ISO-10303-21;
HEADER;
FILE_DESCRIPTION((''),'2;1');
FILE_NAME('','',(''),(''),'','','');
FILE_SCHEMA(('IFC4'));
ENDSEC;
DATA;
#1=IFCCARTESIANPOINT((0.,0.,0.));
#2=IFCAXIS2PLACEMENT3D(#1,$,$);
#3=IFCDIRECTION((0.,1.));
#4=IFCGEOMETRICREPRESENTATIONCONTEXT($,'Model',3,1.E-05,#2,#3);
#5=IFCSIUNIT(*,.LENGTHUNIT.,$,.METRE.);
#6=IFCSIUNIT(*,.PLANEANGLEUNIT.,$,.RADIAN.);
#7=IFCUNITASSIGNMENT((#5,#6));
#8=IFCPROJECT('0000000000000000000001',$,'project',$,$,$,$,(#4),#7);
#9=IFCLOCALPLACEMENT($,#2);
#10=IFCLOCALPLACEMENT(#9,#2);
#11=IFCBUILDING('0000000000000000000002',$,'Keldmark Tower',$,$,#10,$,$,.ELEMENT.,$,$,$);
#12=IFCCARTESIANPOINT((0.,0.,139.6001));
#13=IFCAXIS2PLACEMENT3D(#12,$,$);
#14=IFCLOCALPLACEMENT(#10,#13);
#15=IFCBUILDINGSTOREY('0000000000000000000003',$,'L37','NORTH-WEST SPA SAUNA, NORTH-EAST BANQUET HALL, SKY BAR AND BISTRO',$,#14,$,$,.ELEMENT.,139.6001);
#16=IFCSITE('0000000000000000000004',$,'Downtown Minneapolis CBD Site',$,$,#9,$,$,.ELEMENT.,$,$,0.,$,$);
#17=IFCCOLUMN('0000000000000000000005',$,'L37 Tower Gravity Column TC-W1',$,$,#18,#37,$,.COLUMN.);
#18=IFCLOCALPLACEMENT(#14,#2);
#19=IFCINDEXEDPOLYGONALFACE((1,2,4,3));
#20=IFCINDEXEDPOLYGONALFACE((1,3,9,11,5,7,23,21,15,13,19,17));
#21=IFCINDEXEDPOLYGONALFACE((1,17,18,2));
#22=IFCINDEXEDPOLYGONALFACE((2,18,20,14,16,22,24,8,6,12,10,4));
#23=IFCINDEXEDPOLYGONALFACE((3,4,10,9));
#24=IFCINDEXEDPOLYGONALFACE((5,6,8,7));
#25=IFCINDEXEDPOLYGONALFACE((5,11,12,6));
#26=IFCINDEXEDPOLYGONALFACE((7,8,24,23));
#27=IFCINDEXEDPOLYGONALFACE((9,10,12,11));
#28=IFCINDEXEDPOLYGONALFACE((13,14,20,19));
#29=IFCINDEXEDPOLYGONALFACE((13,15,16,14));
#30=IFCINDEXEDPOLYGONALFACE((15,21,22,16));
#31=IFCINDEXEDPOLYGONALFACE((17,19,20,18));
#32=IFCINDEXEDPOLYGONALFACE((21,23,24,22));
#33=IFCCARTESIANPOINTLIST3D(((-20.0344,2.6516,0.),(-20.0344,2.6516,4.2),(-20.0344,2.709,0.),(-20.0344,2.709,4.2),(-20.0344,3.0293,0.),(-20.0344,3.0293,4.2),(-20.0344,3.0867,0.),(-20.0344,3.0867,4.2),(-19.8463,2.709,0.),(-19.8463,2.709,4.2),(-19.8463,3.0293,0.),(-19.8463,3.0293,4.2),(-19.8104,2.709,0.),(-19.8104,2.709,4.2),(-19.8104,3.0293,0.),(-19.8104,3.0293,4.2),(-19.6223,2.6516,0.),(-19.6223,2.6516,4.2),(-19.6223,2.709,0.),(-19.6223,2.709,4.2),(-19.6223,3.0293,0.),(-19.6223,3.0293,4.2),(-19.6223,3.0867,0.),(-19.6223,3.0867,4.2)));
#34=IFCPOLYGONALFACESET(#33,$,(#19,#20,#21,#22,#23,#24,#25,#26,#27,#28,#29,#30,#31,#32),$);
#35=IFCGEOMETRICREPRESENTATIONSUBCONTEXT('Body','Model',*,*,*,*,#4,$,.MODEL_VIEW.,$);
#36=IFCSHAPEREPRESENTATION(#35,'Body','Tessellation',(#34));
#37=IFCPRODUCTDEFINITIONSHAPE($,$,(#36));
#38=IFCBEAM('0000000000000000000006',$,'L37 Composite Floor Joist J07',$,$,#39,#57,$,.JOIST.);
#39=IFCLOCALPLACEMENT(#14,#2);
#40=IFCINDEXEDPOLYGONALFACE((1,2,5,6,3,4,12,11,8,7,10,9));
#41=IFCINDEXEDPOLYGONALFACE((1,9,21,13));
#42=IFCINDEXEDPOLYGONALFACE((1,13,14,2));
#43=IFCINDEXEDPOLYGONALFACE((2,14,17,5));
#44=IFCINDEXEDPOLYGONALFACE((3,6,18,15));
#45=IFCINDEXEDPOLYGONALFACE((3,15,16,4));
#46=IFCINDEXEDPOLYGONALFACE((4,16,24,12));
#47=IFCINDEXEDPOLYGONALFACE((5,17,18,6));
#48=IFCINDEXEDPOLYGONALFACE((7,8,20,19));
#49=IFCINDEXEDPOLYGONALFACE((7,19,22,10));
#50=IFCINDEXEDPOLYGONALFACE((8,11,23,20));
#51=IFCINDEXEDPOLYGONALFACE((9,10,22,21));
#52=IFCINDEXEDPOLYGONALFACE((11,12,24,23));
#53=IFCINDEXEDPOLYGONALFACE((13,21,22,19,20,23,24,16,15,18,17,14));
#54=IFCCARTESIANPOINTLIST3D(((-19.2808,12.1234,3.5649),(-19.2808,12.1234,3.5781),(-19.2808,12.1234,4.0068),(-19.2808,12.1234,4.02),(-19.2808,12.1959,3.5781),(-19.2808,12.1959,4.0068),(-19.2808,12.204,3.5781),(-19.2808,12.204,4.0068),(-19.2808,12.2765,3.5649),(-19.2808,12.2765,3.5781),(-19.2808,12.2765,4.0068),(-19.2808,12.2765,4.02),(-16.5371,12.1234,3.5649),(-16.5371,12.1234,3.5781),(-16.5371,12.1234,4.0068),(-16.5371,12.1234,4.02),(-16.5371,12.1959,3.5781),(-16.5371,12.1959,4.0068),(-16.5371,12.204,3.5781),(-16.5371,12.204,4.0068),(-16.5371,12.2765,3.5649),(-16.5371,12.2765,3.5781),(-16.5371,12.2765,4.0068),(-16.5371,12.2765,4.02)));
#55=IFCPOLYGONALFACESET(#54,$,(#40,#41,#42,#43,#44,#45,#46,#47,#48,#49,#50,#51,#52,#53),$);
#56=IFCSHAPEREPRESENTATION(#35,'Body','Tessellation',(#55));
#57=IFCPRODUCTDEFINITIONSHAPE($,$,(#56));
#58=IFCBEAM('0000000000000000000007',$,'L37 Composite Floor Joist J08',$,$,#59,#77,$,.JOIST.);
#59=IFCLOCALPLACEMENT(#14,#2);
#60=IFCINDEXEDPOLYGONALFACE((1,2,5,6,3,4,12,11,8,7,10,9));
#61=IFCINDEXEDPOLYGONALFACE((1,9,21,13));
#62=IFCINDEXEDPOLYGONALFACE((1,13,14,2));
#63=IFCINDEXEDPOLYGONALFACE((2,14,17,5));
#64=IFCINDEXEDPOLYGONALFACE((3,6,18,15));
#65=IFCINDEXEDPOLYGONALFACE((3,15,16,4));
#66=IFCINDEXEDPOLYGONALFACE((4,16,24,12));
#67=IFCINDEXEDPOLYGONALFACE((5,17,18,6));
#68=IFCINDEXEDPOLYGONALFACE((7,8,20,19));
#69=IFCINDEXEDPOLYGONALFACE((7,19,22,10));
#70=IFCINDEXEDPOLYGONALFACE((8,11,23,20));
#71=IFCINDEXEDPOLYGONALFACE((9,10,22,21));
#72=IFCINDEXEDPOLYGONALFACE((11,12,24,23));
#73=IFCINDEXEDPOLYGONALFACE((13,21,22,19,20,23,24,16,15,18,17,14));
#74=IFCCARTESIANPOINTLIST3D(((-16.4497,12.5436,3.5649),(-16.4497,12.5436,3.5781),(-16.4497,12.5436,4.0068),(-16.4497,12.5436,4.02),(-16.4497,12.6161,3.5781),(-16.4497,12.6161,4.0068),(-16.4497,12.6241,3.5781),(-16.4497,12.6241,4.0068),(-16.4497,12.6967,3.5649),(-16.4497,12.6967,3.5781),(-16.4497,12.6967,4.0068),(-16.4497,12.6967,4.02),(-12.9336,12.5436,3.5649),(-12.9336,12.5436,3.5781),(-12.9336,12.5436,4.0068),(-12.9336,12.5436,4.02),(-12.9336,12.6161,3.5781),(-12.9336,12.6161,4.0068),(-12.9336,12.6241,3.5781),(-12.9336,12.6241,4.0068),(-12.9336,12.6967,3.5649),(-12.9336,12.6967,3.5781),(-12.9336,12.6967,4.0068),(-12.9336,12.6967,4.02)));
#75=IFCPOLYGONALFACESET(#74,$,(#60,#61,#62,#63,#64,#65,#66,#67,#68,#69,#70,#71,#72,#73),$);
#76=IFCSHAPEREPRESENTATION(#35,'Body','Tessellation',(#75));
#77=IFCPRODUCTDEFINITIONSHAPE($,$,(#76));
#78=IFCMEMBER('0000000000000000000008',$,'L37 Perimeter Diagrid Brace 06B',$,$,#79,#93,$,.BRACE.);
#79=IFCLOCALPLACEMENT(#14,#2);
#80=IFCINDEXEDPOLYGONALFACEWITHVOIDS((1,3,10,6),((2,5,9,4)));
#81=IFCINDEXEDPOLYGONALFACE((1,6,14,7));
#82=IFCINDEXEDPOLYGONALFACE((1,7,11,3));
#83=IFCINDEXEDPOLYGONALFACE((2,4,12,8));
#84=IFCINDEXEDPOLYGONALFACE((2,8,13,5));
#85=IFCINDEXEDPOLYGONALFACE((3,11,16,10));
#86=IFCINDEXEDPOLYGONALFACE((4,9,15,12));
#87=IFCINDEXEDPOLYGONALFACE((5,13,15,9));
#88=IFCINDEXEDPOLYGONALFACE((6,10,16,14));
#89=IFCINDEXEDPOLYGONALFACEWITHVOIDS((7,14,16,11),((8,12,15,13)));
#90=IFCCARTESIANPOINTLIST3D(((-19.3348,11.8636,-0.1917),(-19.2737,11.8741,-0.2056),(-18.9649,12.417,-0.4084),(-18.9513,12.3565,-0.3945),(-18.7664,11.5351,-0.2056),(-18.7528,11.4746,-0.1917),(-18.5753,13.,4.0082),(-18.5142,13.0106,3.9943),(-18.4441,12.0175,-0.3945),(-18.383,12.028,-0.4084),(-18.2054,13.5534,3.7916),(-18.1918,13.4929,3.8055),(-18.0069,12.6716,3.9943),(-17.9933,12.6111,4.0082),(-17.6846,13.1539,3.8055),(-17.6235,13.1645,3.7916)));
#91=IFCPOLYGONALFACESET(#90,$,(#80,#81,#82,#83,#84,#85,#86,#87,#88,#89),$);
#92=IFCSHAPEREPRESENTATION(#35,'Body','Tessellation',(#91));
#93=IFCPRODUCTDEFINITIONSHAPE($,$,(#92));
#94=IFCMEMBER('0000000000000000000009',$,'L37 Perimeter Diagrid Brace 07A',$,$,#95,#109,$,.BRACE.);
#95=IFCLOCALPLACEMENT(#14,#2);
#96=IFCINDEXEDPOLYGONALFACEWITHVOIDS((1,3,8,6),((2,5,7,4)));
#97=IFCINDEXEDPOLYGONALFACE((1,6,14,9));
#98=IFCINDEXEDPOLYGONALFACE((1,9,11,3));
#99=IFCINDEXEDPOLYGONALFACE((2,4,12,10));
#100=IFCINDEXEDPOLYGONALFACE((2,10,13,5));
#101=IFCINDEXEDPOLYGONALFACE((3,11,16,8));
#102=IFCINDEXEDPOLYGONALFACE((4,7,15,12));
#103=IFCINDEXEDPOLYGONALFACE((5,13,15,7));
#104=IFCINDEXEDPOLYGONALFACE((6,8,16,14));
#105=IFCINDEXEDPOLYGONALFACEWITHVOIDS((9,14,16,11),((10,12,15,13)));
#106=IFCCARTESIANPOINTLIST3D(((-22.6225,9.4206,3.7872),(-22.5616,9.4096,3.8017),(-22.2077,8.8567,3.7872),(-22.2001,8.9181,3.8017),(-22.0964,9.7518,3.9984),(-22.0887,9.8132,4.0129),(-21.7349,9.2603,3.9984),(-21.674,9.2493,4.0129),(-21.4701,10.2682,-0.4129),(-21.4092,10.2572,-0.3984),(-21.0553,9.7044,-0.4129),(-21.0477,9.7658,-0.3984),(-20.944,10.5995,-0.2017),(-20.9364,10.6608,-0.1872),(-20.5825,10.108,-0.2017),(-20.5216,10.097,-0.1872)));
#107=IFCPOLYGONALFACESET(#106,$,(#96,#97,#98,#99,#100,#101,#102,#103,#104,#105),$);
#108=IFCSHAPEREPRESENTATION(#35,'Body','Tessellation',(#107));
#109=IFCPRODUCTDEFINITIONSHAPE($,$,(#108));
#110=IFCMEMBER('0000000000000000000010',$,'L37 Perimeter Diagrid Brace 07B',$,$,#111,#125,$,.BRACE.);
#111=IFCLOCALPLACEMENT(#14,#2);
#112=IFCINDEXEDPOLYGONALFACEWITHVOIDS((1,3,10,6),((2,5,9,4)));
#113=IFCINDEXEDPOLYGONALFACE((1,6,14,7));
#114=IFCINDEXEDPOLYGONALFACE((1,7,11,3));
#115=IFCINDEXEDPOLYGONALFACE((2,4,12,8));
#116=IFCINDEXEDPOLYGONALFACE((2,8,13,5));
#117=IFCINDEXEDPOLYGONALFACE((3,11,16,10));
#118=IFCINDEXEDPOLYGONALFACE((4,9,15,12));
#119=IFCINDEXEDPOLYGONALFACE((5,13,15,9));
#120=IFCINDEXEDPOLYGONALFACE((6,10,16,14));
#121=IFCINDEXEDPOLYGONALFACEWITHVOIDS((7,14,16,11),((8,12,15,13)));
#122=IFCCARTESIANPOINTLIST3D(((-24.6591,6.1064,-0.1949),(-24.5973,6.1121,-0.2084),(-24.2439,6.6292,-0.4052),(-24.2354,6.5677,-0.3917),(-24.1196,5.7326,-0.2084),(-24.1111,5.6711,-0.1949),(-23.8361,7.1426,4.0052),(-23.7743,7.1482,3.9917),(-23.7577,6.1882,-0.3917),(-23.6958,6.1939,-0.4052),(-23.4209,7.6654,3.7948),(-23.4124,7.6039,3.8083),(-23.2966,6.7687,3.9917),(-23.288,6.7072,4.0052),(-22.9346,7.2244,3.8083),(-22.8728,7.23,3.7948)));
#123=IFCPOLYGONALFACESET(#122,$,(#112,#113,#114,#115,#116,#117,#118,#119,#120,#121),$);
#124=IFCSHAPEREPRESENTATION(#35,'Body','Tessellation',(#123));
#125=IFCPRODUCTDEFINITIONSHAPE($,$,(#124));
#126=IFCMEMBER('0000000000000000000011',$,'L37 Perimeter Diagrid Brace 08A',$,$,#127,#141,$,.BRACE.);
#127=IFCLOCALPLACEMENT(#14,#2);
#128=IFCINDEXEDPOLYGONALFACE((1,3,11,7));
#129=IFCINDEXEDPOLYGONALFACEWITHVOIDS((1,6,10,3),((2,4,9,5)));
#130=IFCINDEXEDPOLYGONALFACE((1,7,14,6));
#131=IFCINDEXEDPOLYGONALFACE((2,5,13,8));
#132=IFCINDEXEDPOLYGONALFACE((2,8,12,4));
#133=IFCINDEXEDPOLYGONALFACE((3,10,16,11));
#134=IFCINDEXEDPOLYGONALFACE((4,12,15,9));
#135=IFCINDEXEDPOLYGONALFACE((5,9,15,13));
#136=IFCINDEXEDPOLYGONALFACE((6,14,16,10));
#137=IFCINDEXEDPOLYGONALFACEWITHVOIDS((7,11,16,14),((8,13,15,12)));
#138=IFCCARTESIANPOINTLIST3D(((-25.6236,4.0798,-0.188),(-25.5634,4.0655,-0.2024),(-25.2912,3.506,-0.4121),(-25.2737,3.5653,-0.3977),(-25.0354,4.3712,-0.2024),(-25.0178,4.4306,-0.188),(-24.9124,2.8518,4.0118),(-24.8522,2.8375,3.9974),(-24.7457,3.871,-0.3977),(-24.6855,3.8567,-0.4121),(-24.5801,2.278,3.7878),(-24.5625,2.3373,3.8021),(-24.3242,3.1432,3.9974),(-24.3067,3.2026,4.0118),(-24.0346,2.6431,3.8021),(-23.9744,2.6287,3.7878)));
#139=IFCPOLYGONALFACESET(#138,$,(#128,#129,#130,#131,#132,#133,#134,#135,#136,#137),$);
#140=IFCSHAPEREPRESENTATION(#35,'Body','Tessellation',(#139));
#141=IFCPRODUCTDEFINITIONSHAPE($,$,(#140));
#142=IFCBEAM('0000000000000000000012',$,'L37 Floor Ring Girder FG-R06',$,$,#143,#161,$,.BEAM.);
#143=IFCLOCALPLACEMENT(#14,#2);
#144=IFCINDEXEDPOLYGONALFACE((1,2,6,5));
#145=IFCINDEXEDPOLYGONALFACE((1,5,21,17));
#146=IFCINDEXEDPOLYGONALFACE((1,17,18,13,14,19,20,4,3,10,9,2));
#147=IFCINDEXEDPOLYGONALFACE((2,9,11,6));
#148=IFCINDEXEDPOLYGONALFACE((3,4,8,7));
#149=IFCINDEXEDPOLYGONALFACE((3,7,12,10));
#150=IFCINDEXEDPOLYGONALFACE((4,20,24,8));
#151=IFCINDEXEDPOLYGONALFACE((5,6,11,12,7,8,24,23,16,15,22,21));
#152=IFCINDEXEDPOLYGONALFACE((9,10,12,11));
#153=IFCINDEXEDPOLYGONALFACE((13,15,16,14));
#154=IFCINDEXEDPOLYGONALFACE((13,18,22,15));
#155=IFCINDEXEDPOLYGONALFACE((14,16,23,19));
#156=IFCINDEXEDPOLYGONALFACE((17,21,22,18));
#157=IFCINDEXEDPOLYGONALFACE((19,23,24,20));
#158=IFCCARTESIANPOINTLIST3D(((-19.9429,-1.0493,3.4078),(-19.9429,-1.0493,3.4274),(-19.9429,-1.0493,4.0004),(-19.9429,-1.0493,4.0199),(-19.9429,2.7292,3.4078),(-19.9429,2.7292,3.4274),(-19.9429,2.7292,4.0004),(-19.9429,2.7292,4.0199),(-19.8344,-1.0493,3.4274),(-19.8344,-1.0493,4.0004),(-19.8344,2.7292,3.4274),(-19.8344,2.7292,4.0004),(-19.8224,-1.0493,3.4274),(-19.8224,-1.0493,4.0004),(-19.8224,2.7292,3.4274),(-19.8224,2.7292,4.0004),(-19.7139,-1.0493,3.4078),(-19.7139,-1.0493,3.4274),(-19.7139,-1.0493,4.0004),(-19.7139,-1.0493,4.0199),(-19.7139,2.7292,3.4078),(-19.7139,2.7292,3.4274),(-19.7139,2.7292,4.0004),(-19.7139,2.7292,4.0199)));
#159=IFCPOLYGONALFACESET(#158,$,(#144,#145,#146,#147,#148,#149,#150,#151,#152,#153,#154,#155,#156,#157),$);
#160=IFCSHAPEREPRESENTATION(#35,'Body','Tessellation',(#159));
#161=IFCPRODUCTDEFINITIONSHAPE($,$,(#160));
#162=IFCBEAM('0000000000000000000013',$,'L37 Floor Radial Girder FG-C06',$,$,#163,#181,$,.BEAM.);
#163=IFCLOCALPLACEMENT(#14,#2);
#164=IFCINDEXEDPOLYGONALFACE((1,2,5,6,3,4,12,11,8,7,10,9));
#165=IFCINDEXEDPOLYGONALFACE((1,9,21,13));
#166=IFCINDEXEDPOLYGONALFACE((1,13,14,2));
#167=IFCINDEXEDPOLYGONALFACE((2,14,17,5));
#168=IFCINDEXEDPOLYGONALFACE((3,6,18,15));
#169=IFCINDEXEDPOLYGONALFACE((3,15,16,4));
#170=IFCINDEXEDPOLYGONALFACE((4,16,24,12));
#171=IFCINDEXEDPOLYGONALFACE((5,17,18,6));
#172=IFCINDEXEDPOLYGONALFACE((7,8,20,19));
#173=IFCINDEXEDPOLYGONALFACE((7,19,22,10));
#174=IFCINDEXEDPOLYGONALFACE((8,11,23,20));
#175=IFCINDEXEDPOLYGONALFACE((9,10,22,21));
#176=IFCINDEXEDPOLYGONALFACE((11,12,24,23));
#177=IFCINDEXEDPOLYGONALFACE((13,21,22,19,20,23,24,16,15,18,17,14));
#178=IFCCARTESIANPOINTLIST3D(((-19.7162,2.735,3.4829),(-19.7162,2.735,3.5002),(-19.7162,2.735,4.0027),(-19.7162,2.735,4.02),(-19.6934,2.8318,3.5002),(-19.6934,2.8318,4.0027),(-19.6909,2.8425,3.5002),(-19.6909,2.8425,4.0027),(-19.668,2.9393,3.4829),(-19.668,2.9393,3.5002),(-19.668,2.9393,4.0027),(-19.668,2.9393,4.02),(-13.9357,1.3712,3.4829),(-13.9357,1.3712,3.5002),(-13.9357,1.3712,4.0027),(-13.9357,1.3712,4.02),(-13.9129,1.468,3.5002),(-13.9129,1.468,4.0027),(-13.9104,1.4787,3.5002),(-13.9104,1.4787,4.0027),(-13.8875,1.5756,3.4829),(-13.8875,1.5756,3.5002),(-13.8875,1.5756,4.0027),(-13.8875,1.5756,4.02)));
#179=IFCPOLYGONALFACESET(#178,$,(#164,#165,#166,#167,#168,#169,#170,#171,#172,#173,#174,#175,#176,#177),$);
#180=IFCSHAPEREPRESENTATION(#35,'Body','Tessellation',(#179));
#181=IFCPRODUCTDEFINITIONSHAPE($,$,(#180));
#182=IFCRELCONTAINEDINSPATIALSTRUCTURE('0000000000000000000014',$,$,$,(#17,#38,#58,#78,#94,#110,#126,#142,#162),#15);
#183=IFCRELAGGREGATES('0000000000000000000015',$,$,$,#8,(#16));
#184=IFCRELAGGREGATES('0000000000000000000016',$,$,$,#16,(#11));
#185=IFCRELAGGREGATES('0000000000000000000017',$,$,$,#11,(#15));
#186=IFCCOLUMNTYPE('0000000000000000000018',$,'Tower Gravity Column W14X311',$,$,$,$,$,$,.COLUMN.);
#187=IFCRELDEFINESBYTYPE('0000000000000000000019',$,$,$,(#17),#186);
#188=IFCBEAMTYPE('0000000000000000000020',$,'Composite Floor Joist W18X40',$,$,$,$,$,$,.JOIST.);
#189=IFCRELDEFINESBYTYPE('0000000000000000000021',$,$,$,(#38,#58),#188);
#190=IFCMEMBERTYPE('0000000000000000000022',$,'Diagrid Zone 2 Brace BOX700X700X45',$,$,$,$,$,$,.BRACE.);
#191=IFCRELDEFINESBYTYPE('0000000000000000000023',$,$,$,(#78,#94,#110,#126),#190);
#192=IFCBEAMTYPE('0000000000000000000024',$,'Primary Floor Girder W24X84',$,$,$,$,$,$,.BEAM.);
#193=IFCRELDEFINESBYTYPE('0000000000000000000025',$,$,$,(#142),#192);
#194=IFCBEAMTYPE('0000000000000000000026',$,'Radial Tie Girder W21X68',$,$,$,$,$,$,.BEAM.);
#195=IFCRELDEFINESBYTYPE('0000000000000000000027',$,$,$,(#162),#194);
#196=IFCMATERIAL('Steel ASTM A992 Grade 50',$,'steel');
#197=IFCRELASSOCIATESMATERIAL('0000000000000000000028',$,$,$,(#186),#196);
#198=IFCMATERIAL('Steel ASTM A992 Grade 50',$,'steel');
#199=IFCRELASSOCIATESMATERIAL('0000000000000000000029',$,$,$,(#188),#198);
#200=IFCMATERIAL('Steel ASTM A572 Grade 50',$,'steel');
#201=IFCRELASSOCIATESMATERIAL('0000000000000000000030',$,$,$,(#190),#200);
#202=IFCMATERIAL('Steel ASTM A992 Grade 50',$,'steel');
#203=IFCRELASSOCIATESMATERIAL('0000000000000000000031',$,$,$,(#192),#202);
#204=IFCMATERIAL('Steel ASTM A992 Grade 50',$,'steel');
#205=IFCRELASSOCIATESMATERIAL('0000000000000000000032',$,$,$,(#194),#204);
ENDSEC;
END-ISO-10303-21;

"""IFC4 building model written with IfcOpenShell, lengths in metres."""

from ifc_helpers import new_model, si_unit, direction, frame, origin, origin_2d, place, context, subcontext, project, spatial, hollow_rectangle, i_section, extrude, material, material_profile, profile_set, type_object, element, save


model = new_model("IFC4")

# Units and contexts
model_context = context("Model", 3, precision=1e-05, world=origin(), true_north=direction((0.0, 1.0)))
body_context = subcontext(model_context, "Body", "Model", "MODEL_VIEW")
ifc_project = project(units=[si_unit("LENGTHUNIT", "METRE"), si_unit("PLANEANGLEUNIT", "RADIAN")], contexts=[model_context])

# Site, building, storey
site_placement = place(None, origin())
site = spatial("IfcSite", under=ifc_project, at=site_placement, Name="Downtown Minneapolis CBD Site", CompositionType="ELEMENT", RefElevation=0.0)
building_placement = place(site_placement, origin())
building = spatial("IfcBuilding", under=site, at=building_placement, Name="Keldmark Tower", CompositionType="ELEMENT")
storey_placement = place(building_placement, frame((0.0, 0.0, 139.6001)))
storey = spatial("IfcBuildingStorey", under=building, at=storey_placement, Name="L37", Description="NORTH-WEST SPA SAUNA, NORTH-EAST BANQUET HALL, SKY BAR AND BISTRO", CompositionType="ELEMENT", Elevation=139.6001)

# Column
ifc_material_1 = material(Name="Steel ASTM A992 Grade 50", Category="steel")
ifc_material_profile_1 = material_profile(ifc_material_1, i_section(OverallWidth=0.4121, OverallDepth=0.4351, WebThickness=0.0359, FlangeThickness=0.0574, at=origin_2d()), Name="W14X311")
ifc_profile_set_1 = profile_set([ifc_material_profile_1], Name="Steel ASTM A992 Grade 50")
column_type = type_object("IfcColumnType", Name="Tower Gravity Column W14X311", PredefinedType="COLUMN", material=ifc_profile_set_1)
column_placement = place(storey_placement, frame((-19.8284, 2.8691, 0.0), z_axis=(0.0, 0.0, 1.0), x_axis=(1.0, 0.0, 0.0)))
element("IfcColumn", 1, at=column_placement, inside=storey, type_object=column_type, Name="L37 Tower Gravity Column TC-W1", PredefinedType="COLUMN", context=body_context, shape_type="SweptSolid", body=[
    extrude(i_section(OverallWidth=0.4121, OverallDepth=0.4351, WebThickness=0.0359, FlangeThickness=0.0574, at=origin_2d()), origin(), (0.0, 0.0, 1.0), 4.2),
])

# Beams
ifc_material_2 = material(Name="Steel ASTM A992 Grade 50", Category="steel")
ifc_material_profile_2 = material_profile(ifc_material_2, i_section(OverallWidth=0.1531, OverallDepth=0.4551, WebThickness=0.0081, FlangeThickness=0.0132, at=origin_2d()), Name="W18X40")
ifc_profile_set_2 = profile_set([ifc_material_profile_2], Name="Steel ASTM A992 Grade 50")
beam_type_1 = type_object("IfcBeamType", Name="Composite Floor Joist W18X40", PredefinedType="JOIST", material=ifc_profile_set_2)
beam_1_placement = place(storey_placement, frame((-19.2808, 12.2, 3.7925), z_axis=(1.0, 0.0, 0.0), x_axis=(0.0, 1.0, 0.0)))
element("IfcBeam", 2, at=beam_1_placement, inside=storey, type_object=beam_type_1, Name="L37 Composite Floor Joist J07", PredefinedType="JOIST", context=body_context, shape_type="SweptSolid", body=[
    extrude(i_section(OverallWidth=0.1531, OverallDepth=0.4551, WebThickness=0.0081, FlangeThickness=0.0132, at=origin_2d()), origin(), (0.0, 0.0, 1.0), 2.7437),
])
beam_2_placement = place(storey_placement, frame((-16.4497, 12.6201, 3.7925), z_axis=(1.0, 0.0, 0.0), x_axis=(0.0, 1.0, 0.0)))
element("IfcBeam", 3, at=beam_2_placement, inside=storey, type_object=beam_type_1, Name="L37 Composite Floor Joist J08", PredefinedType="JOIST", context=body_context, shape_type="SweptSolid", body=[
    extrude(i_section(OverallWidth=0.1531, OverallDepth=0.4551, WebThickness=0.0081, FlangeThickness=0.0132, at=origin_2d()), origin(), (0.0, 0.0, 1.0), 3.5161),
])

# Members
ifc_material_3 = material(Name="Steel ASTM A572 Grade 50", Category="steel")
ifc_material_profile_3 = material_profile(ifc_material_3, hollow_rectangle(XDim=0.7, YDim=0.7, WallThickness=0.0449, at=origin_2d()), Name="BOX700X700X45")
ifc_profile_set_3 = profile_set([ifc_material_profile_3], Name="Steel ASTM A572 Grade 50")
member_type = type_object("IfcMemberType", Name="Diagrid Zone 2 Brace BOX700X700X45", PredefinedType="BRACE", material=ifc_profile_set_3)
member_1_placement = place(storey_placement, frame((-18.8589, 11.9458, -0.3), z_axis=(0.171962, 0.257308, 0.950906), x_axis=(-0.831418, 0.555648, 0.0)))
element("IfcMember", 4, at=member_1_placement, inside=storey, type_object=member_type, Name="L37 Perimeter Diagrid Brace 06B", PredefinedType="BRACE", context=body_context, shape_type="SweptSolid", body=[
    extrude(hollow_rectangle(XDim=0.7, YDim=0.7, WallThickness=0.0449, at=origin_2d()), origin(), (0.0, 0.0, 1.0), 4.4167),
])
member_2_placement = place(storey_placement, frame((-20.9958, 10.1826, -0.3), z_axis=(-0.259719, -0.191047, 0.946598), x_axis=(0.592547, -0.805536, 0.0)))
element("IfcMember", 5, at=member_2_placement, inside=storey, type_object=member_type, Name="L37 Perimeter Diagrid Brace 07A", PredefinedType="BRACE", context=body_context, shape_type="SweptSolid", body=[
    extrude(hollow_rectangle(XDim=0.7, YDim=0.7, WallThickness=0.0449, at=origin_2d()), origin(), (0.0, 0.0, 1.0), 4.437),
])
member_3_placement = place(storey_placement, frame((-24.1775, 6.1501, -0.3), z_axis=(0.186898, 0.2353, 0.953784), x_axis=(-0.783042, 0.621969, 0.0)))
element("IfcMember", 6, at=member_3_placement, inside=storey, type_object=member_type, Name="L37 Perimeter Diagrid Brace 07B", PredefinedType="BRACE", context=body_context, shape_type="SweptSolid", body=[
    extrude(hollow_rectangle(XDim=0.7, YDim=0.7, WallThickness=0.0449, at=origin_2d()), origin(), (0.0, 0.0, 1.0), 4.4036),
])
member_4_placement = place(storey_placement, frame((-25.1545, 3.9683, -0.3), z_axis=(0.160421, -0.277006, 0.947382), x_axis=(0.86536, 0.501152, 0.0)))
element("IfcMember", 7, at=member_4_placement, inside=storey, type_object=member_type, Name="L37 Perimeter Diagrid Brace 08A", PredefinedType="BRACE", context=body_context, shape_type="SweptSolid", body=[
    extrude(hollow_rectangle(XDim=0.7, YDim=0.7, WallThickness=0.0449, at=origin_2d()), origin(), (0.0, 0.0, 1.0), 4.4331),
])

# Beams
ifc_material_4 = material(Name="Steel ASTM A992 Grade 50", Category="steel")
ifc_material_profile_4 = material_profile(ifc_material_4, i_section(OverallWidth=0.229, OverallDepth=0.6121, WebThickness=0.012, FlangeThickness=0.0195, at=origin_2d()), Name="W24X84")
ifc_profile_set_4 = profile_set([ifc_material_profile_4], Name="Steel ASTM A992 Grade 50")
beam_type_2 = type_object("IfcBeamType", Name="Primary Floor Girder W24X84", PredefinedType="BEAM", material=ifc_profile_set_4)
beam_3_placement = place(storey_placement, frame((-19.8284, 2.7292, 3.7139), z_axis=(0.0, -1.0, 0.0), x_axis=(1.0, 0.0, 0.0)))
element("IfcBeam", 8, at=beam_3_placement, inside=storey, type_object=beam_type_2, Name="L37 Floor Ring Girder FG-R06", PredefinedType="BEAM", context=body_context, shape_type="SweptSolid", body=[
    extrude(i_section(OverallWidth=0.229, OverallDepth=0.6121, WebThickness=0.012, FlangeThickness=0.0195, at=origin_2d()), origin(), (0.0, 0.0, 1.0), 3.7786),
])
ifc_material_5 = material(Name="Steel ASTM A992 Grade 50", Category="steel")
ifc_material_profile_5 = material_profile(ifc_material_5, i_section(OverallWidth=0.21, OverallDepth=0.5371, WebThickness=0.011, FlangeThickness=0.0173, at=origin_2d()), Name="W21X68")
ifc_profile_set_5 = profile_set([ifc_material_profile_5], Name="Steel ASTM A992 Grade 50")
beam_type_3 = type_object("IfcBeamType", Name="Radial Tie Girder W21X68", PredefinedType="BEAM", material=ifc_profile_set_5)
beam_4_placement = place(storey_placement, frame((-19.6921, 2.8372, 3.7515), z_axis=(0.97328, -0.229621, 0.0), x_axis=(0.229621, 0.97328, 0.0)))
element("IfcBeam", 9, at=beam_4_placement, inside=storey, type_object=beam_type_3, Name="L37 Floor Radial Girder FG-C06", PredefinedType="BEAM", context=body_context, shape_type="SweptSolid", body=[
    extrude(i_section(OverallWidth=0.21, OverallDepth=0.5371, WebThickness=0.011, FlangeThickness=0.0173, at=origin_2d()), origin(), (0.0, 0.0, 1.0), 5.9392),
])

save(model, "model.ifc")
